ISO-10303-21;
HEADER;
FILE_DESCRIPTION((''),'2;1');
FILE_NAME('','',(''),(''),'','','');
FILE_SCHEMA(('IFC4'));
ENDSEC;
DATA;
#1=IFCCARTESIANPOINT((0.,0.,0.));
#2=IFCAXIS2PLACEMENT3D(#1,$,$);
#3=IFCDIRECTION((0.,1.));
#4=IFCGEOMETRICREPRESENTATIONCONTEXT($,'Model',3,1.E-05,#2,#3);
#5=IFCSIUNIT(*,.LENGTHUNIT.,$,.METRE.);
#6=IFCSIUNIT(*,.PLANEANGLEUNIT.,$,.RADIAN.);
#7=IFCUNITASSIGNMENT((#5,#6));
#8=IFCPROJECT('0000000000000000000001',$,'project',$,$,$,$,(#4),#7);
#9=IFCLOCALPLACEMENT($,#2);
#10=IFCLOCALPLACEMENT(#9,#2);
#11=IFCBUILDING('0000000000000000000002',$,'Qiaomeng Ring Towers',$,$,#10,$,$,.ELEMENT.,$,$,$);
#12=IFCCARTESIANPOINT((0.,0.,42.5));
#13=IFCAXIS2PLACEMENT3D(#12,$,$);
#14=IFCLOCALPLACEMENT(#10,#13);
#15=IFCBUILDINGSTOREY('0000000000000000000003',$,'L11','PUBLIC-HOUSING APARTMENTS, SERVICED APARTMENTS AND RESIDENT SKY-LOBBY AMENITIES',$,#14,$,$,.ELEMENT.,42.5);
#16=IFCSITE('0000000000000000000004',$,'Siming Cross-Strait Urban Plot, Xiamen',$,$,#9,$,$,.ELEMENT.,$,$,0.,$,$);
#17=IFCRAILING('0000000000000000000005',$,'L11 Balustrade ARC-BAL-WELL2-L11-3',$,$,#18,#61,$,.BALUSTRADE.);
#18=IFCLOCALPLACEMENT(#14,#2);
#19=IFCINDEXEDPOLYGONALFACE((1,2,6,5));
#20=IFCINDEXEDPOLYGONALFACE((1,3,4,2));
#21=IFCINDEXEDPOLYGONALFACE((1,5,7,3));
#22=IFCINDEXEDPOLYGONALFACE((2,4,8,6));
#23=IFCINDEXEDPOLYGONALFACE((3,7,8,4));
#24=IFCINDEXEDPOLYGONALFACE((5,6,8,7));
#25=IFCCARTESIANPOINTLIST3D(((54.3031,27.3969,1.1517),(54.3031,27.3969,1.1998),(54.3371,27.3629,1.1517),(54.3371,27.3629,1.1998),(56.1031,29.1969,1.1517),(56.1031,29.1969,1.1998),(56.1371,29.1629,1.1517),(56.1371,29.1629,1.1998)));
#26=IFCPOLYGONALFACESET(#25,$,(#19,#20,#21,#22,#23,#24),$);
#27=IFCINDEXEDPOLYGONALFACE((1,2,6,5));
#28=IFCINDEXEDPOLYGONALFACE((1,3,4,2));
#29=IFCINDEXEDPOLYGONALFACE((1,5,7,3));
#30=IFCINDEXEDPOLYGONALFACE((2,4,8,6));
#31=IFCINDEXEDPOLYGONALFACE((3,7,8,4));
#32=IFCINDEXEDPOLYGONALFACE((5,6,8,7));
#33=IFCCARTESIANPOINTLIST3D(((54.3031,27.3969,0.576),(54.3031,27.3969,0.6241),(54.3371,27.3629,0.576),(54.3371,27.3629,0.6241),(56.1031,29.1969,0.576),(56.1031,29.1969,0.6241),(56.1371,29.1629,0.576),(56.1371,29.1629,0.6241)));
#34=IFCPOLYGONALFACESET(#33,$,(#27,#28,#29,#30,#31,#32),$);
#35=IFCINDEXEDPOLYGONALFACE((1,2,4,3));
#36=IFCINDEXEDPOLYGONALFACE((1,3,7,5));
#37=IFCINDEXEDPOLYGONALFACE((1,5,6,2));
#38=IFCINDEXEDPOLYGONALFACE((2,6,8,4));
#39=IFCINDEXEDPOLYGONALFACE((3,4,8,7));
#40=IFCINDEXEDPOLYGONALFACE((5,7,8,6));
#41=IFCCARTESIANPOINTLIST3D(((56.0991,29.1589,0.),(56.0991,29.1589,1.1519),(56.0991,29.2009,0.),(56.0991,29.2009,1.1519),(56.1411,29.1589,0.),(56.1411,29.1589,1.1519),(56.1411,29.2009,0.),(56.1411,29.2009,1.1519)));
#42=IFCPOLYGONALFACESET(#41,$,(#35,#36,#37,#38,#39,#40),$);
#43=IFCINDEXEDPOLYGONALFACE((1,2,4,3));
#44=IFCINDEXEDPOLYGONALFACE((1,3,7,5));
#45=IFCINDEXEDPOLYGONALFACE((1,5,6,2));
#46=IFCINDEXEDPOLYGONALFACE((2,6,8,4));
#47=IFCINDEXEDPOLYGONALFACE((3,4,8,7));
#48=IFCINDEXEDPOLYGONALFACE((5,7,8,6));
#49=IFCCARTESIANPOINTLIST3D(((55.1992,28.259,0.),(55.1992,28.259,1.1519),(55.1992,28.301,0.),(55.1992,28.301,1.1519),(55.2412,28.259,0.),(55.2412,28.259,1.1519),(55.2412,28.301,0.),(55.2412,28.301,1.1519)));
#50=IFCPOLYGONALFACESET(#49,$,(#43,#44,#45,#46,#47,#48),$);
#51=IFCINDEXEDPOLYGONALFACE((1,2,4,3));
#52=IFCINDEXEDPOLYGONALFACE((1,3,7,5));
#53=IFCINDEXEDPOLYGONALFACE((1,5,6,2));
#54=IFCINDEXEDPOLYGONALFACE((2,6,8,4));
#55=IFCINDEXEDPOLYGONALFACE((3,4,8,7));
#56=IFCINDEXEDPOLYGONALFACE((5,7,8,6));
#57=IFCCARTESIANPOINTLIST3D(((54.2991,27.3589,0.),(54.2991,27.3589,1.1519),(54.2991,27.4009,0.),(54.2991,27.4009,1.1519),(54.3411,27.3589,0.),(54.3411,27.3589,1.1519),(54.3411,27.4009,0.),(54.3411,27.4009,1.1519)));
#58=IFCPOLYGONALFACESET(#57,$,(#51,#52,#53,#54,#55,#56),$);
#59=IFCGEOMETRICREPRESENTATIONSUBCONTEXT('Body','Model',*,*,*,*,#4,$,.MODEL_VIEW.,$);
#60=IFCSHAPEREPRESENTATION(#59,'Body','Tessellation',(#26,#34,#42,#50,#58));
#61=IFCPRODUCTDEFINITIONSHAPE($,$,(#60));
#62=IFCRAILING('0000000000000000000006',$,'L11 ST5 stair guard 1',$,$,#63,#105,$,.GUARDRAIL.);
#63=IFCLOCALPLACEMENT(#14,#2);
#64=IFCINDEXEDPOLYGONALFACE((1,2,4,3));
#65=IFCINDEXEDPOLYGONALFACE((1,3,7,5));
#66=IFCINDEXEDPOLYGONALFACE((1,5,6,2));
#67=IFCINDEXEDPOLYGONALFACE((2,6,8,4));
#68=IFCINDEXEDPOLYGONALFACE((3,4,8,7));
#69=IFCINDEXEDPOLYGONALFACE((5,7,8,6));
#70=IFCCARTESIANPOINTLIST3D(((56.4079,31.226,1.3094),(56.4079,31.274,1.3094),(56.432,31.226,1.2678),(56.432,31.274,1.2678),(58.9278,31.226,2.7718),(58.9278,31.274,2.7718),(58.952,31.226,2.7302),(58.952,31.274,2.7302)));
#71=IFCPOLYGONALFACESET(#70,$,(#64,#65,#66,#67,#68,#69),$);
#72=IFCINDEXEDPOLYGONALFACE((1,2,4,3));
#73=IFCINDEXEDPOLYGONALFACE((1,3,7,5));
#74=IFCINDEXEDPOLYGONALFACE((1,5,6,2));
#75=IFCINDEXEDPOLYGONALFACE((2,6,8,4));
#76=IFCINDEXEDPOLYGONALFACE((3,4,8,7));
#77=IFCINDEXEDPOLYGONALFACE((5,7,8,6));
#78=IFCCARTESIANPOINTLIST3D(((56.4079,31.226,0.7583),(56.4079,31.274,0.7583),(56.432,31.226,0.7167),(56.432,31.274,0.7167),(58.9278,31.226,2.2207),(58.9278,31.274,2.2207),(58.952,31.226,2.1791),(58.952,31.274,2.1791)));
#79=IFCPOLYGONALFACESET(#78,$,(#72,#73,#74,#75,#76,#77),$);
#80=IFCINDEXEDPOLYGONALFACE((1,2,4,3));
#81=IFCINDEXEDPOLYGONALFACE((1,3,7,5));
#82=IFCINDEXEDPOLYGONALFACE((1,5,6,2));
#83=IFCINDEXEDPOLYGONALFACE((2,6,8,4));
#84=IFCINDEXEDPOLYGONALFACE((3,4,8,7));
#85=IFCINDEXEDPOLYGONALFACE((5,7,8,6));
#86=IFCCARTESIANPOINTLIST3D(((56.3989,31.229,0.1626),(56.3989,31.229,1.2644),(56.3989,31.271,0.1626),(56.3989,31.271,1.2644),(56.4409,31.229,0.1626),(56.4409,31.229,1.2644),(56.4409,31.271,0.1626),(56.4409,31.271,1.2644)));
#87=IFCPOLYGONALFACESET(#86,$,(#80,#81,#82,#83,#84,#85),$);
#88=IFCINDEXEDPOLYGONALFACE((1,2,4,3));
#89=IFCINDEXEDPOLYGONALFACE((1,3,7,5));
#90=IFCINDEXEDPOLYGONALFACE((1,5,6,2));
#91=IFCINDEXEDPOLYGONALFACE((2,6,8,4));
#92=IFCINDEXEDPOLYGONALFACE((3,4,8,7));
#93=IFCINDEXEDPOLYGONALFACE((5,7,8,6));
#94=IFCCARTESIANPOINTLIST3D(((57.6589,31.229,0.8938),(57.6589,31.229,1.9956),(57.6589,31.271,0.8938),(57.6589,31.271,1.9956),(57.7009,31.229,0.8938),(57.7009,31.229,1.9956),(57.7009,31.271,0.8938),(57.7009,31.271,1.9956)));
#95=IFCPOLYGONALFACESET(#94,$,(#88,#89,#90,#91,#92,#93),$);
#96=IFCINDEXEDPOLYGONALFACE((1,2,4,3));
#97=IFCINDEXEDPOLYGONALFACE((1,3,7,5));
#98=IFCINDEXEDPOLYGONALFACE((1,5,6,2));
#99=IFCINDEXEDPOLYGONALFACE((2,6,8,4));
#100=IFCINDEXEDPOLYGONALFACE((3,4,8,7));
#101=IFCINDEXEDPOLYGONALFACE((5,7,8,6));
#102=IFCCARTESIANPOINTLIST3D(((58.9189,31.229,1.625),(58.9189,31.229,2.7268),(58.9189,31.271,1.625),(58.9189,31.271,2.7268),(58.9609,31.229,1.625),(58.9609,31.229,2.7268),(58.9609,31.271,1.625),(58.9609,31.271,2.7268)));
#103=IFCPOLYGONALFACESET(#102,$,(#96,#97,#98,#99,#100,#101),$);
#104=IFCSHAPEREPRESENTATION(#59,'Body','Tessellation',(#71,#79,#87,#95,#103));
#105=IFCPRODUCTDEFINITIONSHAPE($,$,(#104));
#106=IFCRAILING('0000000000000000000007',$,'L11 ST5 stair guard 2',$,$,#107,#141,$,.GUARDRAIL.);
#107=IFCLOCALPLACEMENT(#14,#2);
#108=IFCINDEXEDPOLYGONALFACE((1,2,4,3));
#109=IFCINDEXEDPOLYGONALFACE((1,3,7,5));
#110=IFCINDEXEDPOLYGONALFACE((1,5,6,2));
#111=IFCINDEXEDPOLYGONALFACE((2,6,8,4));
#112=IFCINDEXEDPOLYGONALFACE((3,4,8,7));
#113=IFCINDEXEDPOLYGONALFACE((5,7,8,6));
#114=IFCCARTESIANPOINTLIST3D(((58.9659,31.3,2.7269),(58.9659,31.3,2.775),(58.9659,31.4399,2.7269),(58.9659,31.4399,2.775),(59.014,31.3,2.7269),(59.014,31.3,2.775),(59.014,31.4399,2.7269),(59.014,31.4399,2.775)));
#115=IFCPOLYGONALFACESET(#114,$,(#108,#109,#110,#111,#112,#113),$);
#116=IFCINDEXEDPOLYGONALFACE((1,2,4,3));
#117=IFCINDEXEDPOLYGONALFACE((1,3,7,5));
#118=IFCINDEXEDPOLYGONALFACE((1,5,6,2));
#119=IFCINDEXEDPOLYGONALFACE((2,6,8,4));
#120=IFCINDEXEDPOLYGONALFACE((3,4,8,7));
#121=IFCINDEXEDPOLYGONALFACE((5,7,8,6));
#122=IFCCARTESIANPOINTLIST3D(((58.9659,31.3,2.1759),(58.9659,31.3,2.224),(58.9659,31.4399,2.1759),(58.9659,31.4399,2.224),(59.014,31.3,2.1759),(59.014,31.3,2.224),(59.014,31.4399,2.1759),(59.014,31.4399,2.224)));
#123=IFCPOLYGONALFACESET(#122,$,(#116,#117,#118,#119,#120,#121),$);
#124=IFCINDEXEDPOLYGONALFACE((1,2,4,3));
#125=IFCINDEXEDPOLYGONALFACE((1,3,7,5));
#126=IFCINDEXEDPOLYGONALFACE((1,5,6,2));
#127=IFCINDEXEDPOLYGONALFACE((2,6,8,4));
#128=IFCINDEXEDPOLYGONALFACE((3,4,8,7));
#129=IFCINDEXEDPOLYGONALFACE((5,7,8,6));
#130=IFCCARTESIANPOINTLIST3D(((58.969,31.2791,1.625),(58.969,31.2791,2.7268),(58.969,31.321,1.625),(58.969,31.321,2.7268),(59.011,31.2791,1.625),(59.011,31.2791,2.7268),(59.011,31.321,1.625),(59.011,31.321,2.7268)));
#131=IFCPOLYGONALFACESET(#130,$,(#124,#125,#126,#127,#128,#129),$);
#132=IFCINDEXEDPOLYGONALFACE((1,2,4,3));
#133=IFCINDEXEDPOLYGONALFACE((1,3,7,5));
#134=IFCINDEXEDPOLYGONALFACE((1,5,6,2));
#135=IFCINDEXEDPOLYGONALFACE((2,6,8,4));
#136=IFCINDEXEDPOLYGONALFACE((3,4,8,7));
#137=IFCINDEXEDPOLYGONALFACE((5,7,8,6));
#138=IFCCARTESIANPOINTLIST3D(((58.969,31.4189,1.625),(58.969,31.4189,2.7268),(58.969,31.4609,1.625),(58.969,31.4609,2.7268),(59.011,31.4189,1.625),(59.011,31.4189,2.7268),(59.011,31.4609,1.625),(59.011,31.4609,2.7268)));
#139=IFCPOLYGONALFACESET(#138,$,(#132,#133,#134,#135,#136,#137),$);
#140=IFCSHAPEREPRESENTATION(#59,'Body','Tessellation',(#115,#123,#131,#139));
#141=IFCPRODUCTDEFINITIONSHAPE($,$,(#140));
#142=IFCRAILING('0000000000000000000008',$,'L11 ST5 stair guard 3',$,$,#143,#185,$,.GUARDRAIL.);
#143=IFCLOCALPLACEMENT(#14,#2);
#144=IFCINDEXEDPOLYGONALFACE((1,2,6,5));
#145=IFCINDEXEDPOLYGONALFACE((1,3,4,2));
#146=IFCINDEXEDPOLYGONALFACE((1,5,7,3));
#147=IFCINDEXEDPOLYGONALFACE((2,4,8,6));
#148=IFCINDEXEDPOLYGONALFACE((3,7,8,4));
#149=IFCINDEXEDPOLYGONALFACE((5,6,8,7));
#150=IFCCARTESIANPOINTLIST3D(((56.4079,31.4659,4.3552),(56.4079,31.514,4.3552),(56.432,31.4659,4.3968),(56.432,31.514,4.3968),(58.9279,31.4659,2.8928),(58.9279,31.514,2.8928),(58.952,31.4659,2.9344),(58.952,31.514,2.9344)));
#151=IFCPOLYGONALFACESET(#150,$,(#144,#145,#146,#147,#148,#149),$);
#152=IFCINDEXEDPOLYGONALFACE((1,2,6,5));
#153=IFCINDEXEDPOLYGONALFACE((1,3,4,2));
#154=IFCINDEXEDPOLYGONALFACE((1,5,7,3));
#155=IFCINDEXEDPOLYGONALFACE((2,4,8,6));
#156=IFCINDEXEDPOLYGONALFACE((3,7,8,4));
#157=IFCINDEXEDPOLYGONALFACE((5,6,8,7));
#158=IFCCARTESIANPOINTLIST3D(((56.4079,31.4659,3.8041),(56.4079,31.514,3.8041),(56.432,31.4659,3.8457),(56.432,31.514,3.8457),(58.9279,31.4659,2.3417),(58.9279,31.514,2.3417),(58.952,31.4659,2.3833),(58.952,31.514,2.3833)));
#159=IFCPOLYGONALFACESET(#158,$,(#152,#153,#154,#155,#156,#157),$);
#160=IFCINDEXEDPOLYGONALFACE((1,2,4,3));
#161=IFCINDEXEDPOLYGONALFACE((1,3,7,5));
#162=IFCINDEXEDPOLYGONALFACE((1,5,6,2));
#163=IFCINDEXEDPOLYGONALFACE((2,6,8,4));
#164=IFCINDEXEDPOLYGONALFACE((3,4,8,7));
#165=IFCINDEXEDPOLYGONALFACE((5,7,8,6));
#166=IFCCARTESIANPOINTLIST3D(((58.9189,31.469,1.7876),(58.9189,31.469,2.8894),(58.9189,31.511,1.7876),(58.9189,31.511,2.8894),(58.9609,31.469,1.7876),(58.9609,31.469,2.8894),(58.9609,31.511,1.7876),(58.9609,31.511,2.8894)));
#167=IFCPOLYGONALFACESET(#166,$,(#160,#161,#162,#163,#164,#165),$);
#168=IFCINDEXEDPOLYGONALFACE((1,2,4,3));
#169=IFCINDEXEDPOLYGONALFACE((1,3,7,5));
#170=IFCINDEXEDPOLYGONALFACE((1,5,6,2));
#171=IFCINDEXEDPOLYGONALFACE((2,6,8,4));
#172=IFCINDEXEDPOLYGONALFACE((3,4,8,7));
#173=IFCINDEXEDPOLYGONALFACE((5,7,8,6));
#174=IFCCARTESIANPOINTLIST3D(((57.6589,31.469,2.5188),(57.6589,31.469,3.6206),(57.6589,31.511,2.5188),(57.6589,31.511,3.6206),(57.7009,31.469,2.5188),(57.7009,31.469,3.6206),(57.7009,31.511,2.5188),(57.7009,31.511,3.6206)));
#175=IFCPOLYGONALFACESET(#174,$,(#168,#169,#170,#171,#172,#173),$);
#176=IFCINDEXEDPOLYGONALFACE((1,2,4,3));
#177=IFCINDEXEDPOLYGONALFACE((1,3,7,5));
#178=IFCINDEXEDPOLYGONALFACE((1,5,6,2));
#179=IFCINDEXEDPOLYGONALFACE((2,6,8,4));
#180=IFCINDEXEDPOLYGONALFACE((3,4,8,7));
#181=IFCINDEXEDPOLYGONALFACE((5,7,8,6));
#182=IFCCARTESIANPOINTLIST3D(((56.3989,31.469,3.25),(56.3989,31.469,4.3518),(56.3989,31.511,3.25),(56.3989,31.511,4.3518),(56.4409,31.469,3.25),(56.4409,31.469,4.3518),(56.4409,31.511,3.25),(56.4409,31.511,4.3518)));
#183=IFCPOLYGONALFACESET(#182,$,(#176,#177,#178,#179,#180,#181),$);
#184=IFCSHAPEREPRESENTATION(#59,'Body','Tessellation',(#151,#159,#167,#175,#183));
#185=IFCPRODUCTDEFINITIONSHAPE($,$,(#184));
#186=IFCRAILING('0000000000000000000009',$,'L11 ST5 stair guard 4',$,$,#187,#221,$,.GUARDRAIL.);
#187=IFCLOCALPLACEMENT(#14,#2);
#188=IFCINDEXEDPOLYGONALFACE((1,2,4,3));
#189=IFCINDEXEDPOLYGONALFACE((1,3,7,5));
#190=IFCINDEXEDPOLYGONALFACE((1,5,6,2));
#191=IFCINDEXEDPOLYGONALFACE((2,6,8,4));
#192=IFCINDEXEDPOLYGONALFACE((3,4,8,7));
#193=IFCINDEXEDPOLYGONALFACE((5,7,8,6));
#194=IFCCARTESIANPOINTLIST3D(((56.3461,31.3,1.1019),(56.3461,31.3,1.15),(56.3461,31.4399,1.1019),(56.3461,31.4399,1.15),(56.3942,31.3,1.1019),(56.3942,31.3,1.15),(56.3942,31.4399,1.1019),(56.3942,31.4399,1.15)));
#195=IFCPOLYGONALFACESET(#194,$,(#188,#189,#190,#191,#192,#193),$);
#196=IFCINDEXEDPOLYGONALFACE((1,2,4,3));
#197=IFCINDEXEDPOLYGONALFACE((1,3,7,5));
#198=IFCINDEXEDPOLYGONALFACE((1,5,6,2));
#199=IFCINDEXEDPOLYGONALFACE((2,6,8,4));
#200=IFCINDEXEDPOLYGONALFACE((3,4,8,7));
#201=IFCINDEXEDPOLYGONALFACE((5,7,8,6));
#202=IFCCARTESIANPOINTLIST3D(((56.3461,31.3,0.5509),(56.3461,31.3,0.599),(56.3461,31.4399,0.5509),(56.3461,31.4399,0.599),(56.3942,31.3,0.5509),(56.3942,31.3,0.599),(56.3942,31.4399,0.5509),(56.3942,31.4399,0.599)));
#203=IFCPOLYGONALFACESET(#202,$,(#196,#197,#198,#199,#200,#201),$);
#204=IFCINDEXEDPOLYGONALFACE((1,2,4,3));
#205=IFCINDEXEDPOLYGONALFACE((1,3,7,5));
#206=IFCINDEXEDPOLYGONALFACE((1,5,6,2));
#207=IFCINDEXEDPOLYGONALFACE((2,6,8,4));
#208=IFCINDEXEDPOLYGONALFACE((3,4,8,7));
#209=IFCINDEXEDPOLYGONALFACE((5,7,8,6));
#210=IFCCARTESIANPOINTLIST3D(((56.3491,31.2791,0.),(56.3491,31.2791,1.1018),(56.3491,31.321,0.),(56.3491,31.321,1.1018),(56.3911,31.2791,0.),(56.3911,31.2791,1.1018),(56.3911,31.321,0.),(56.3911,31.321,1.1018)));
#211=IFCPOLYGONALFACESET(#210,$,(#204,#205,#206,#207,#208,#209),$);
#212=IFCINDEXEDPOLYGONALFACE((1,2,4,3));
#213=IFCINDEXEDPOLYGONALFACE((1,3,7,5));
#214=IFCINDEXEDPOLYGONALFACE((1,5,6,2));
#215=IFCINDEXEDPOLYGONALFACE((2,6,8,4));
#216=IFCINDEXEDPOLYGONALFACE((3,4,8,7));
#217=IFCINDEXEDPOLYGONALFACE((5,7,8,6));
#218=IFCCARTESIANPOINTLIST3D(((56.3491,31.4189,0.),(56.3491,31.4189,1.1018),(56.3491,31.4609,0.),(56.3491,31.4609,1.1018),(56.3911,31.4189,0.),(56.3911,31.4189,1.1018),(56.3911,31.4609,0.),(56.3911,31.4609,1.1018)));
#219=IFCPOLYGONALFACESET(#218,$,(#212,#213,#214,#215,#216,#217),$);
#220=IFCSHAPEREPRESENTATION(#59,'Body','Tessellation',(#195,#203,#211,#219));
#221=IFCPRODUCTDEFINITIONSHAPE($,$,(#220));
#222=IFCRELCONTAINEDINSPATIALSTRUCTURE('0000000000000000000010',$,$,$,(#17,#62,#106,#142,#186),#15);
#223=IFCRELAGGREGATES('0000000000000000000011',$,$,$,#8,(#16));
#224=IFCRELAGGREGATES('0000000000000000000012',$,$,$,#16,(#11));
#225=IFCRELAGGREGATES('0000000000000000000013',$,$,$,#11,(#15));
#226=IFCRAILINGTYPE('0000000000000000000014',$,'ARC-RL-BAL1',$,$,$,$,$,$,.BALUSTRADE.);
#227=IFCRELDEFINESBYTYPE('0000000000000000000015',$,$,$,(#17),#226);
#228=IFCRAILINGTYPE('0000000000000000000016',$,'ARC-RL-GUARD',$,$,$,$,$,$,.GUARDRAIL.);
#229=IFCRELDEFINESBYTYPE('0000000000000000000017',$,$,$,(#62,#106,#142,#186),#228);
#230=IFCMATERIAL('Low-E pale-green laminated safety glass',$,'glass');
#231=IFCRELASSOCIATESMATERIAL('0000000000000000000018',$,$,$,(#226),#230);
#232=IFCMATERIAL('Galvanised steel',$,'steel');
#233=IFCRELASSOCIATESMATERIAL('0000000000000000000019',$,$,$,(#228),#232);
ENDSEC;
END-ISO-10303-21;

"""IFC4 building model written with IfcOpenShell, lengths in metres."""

from ifc_helpers import new_model, si_unit, direction, frame, origin, origin_2d, place, context, subcontext, project, spatial, rectangle, extrude, material, type_object, element, save


model = new_model("IFC4")

# Units and contexts
model_context = context("Model", 3, precision=1e-05, world=origin(), true_north=direction((0.0, 1.0)))
body_context = subcontext(model_context, "Body", "Model", "MODEL_VIEW")
ifc_project = project(units=[si_unit("LENGTHUNIT", "METRE"), si_unit("PLANEANGLEUNIT", "RADIAN")], contexts=[model_context])

# Site, building, storey
site_placement = place(None, origin())
site = spatial("IfcSite", under=ifc_project, at=site_placement, Name="Siming Cross-Strait Urban Plot, Xiamen", CompositionType="ELEMENT", RefElevation=0.0)
building_placement = place(site_placement, origin())
building = spatial("IfcBuilding", under=site, at=building_placement, Name="Qiaomeng Ring Towers", CompositionType="ELEMENT")
storey_placement = place(building_placement, frame((0.0, 0.0, 42.5)))
storey = spatial("IfcBuildingStorey", under=building, at=storey_placement, Name="L11", Description="PUBLIC-HOUSING APARTMENTS, SERVICED APARTMENTS AND RESIDENT SKY-LOBBY AMENITIES", CompositionType="ELEMENT", Elevation=42.5)

# Railings
ifc_material_1 = material(Name="Low-E pale-green laminated safety glass", Category="glass")
railing_type_1 = type_object("IfcRailingType", Name="ARC-RL-BAL1", PredefinedType="BALUSTRADE", material=ifc_material_1)
railing_1_placement = place(storey_placement, frame((56.1201, 29.1799, 0.0)))
element("IfcRailing", 1, at=railing_1_placement, inside=storey, type_object=railing_type_1, Name="L11 Balustrade ARC-BAL-WELL2-L11-3", PredefinedType="BALUSTRADE", context=body_context, shape_type="SweptSolid", body=[
    extrude(rectangle(XDim=0.0481, YDim=0.0481, at=origin_2d()), frame((0.0, 0.0, 1.1758), z_axis=(-0.707107, -0.707107, 0.0), x_axis=(0.707107, -0.707107, 0.0)), (0.0, 0.0, 1.0), 2.5457),
    extrude(rectangle(XDim=0.0481, YDim=0.0481, at=origin_2d()), frame((0.0, 0.0, 0.6001), z_axis=(-0.707107, -0.707107, 0.0), x_axis=(0.707107, -0.707107, 0.0)), (0.0, 0.0, 1.0), 2.5457),
    extrude(rectangle(XDim=0.042, YDim=0.042, at=origin_2d()), origin(), (0.0, 0.0, 1.0), 1.1519),
    extrude(rectangle(XDim=0.042, YDim=0.042, at=origin_2d()), frame((-0.8999, -0.8999, 0.0)), (0.0, 0.0, 1.0), 1.1519),
    extrude(rectangle(XDim=0.042, YDim=0.042, at=origin_2d()), frame((-1.8, -1.8, 0.0)), (0.0, 0.0, 1.0), 1.1519),
])
ifc_material_2 = material(Name="Galvanised steel", Category="steel")
railing_type_2 = type_object("IfcRailingType", Name="ARC-RL-GUARD", PredefinedType="GUARDRAIL", material=ifc_material_2)
railing_2_placement = place(storey_placement, frame((56.4199, 31.25, 0.1626)))
element("IfcRailing", 2, at=railing_2_placement, inside=storey, type_object=railing_type_2, Name="L11 ST5 stair guard 1", PredefinedType="GUARDRAIL", context=body_context, shape_type="SweptSolid", body=[
    extrude(rectangle(XDim=0.0481, YDim=0.0481, at=origin_2d()), frame((0.0, 0.0, 1.126), z_axis=(0.864913, 0.0, 0.501921), x_axis=(0.0, 1.0, 0.0)), (0.0, 0.0, 1.0), 2.9136),
    extrude(rectangle(XDim=0.0481, YDim=0.0481, at=origin_2d()), frame((0.0, 0.0, 0.575), z_axis=(0.864913, 0.0, 0.501921), x_axis=(0.0, 1.0, 0.0)), (0.0, 0.0, 1.0), 2.9136),
    extrude(rectangle(XDim=0.042, YDim=0.042, at=origin_2d()), origin(), (0.0, 0.0, 1.0), 1.1018),
    extrude(rectangle(XDim=0.042, YDim=0.042, at=origin_2d()), frame((1.26, 0.0, 0.7312)), (0.0, 0.0, 1.0), 1.1018),
    extrude(rectangle(XDim=0.042, YDim=0.042, at=origin_2d()), frame((2.52, 0.0, 1.4624)), (0.0, 0.0, 1.0), 1.1018),
])
railing_3_placement = place(storey_placement, frame((58.99, 31.3, 1.625)))
element("IfcRailing", 3, at=railing_3_placement, inside=storey, type_object=railing_type_2, Name="L11 ST5 stair guard 2", PredefinedType="GUARDRAIL", context=body_context, shape_type="SweptSolid", body=[
    extrude(rectangle(XDim=0.0481, YDim=0.0481, at=origin_2d()), frame((0.0, 0.0, 1.126), z_axis=(0.0, 1.0, 0.0), x_axis=(-1.0, 0.0, 0.0)), (0.0, 0.0, 1.0), 0.1399),
    extrude(rectangle(XDim=0.0481, YDim=0.0481, at=origin_2d()), frame((0.0, 0.0, 0.575), z_axis=(0.0, 1.0, 0.0), x_axis=(-1.0, 0.0, 0.0)), (0.0, 0.0, 1.0), 0.1399),
    extrude(rectangle(XDim=0.042, YDim=0.042, at=origin_2d()), origin(), (0.0, 0.0, 1.0), 1.1018),
    extrude(rectangle(XDim=0.042, YDim=0.042, at=origin_2d()), frame((0.0, 0.1399, 0.0)), (0.0, 0.0, 1.0), 1.1018),
])
railing_4_placement = place(storey_placement, frame((58.9399, 31.49, 1.7876)))
element("IfcRailing", 4, at=railing_4_placement, inside=storey, type_object=railing_type_2, Name="L11 ST5 stair guard 3", PredefinedType="GUARDRAIL", context=body_context, shape_type="SweptSolid", body=[
    extrude(rectangle(XDim=0.0481, YDim=0.0481, at=origin_2d()), frame((0.0, 0.0, 1.126), z_axis=(-0.864913, 0.0, 0.501921), x_axis=(0.0, -1.0, 0.0)), (0.0, 0.0, 1.0), 2.9136),
    extrude(rectangle(XDim=0.0481, YDim=0.0481, at=origin_2d()), frame((0.0, 0.0, 0.575), z_axis=(-0.864913, 0.0, 0.501921), x_axis=(0.0, -1.0, 0.0)), (0.0, 0.0, 1.0), 2.9136),
    extrude(rectangle(XDim=0.042, YDim=0.042, at=origin_2d()), origin(), (0.0, 0.0, 1.0), 1.1018),
    extrude(rectangle(XDim=0.042, YDim=0.042, at=origin_2d()), frame((-1.26, 0.0, 0.7312)), (0.0, 0.0, 1.0), 1.1018),
    extrude(rectangle(XDim=0.042, YDim=0.042, at=origin_2d()), frame((-2.52, 0.0, 1.4624)), (0.0, 0.0, 1.0), 1.1018),
])
railing_5_placement = place(storey_placement, frame((56.3701, 31.3, 0.0)))
element("IfcRailing", 5, at=railing_5_placement, inside=storey, type_object=railing_type_2, Name="L11 ST5 stair guard 4", PredefinedType="GUARDRAIL", context=body_context, shape_type="SweptSolid", body=[
    extrude(rectangle(XDim=0.0481, YDim=0.0481, at=origin_2d()), frame((0.0, 0.0, 1.126), z_axis=(0.0, 1.0, 0.0), x_axis=(-1.0, 0.0, 0.0)), (0.0, 0.0, 1.0), 0.1399),
    extrude(rectangle(XDim=0.0481, YDim=0.0481, at=origin_2d()), frame((0.0, 0.0, 0.575), z_axis=(0.0, 1.0, 0.0), x_axis=(-1.0, 0.0, 0.0)), (0.0, 0.0, 1.0), 0.1399),
    extrude(rectangle(XDim=0.042, YDim=0.042, at=origin_2d()), origin(), (0.0, 0.0, 1.0), 1.1018),
    extrude(rectangle(XDim=0.042, YDim=0.042, at=origin_2d()), frame((0.0, 0.1399, 0.0)), (0.0, 0.0, 1.0), 1.1018),
])

save(model, "model.ifc")
